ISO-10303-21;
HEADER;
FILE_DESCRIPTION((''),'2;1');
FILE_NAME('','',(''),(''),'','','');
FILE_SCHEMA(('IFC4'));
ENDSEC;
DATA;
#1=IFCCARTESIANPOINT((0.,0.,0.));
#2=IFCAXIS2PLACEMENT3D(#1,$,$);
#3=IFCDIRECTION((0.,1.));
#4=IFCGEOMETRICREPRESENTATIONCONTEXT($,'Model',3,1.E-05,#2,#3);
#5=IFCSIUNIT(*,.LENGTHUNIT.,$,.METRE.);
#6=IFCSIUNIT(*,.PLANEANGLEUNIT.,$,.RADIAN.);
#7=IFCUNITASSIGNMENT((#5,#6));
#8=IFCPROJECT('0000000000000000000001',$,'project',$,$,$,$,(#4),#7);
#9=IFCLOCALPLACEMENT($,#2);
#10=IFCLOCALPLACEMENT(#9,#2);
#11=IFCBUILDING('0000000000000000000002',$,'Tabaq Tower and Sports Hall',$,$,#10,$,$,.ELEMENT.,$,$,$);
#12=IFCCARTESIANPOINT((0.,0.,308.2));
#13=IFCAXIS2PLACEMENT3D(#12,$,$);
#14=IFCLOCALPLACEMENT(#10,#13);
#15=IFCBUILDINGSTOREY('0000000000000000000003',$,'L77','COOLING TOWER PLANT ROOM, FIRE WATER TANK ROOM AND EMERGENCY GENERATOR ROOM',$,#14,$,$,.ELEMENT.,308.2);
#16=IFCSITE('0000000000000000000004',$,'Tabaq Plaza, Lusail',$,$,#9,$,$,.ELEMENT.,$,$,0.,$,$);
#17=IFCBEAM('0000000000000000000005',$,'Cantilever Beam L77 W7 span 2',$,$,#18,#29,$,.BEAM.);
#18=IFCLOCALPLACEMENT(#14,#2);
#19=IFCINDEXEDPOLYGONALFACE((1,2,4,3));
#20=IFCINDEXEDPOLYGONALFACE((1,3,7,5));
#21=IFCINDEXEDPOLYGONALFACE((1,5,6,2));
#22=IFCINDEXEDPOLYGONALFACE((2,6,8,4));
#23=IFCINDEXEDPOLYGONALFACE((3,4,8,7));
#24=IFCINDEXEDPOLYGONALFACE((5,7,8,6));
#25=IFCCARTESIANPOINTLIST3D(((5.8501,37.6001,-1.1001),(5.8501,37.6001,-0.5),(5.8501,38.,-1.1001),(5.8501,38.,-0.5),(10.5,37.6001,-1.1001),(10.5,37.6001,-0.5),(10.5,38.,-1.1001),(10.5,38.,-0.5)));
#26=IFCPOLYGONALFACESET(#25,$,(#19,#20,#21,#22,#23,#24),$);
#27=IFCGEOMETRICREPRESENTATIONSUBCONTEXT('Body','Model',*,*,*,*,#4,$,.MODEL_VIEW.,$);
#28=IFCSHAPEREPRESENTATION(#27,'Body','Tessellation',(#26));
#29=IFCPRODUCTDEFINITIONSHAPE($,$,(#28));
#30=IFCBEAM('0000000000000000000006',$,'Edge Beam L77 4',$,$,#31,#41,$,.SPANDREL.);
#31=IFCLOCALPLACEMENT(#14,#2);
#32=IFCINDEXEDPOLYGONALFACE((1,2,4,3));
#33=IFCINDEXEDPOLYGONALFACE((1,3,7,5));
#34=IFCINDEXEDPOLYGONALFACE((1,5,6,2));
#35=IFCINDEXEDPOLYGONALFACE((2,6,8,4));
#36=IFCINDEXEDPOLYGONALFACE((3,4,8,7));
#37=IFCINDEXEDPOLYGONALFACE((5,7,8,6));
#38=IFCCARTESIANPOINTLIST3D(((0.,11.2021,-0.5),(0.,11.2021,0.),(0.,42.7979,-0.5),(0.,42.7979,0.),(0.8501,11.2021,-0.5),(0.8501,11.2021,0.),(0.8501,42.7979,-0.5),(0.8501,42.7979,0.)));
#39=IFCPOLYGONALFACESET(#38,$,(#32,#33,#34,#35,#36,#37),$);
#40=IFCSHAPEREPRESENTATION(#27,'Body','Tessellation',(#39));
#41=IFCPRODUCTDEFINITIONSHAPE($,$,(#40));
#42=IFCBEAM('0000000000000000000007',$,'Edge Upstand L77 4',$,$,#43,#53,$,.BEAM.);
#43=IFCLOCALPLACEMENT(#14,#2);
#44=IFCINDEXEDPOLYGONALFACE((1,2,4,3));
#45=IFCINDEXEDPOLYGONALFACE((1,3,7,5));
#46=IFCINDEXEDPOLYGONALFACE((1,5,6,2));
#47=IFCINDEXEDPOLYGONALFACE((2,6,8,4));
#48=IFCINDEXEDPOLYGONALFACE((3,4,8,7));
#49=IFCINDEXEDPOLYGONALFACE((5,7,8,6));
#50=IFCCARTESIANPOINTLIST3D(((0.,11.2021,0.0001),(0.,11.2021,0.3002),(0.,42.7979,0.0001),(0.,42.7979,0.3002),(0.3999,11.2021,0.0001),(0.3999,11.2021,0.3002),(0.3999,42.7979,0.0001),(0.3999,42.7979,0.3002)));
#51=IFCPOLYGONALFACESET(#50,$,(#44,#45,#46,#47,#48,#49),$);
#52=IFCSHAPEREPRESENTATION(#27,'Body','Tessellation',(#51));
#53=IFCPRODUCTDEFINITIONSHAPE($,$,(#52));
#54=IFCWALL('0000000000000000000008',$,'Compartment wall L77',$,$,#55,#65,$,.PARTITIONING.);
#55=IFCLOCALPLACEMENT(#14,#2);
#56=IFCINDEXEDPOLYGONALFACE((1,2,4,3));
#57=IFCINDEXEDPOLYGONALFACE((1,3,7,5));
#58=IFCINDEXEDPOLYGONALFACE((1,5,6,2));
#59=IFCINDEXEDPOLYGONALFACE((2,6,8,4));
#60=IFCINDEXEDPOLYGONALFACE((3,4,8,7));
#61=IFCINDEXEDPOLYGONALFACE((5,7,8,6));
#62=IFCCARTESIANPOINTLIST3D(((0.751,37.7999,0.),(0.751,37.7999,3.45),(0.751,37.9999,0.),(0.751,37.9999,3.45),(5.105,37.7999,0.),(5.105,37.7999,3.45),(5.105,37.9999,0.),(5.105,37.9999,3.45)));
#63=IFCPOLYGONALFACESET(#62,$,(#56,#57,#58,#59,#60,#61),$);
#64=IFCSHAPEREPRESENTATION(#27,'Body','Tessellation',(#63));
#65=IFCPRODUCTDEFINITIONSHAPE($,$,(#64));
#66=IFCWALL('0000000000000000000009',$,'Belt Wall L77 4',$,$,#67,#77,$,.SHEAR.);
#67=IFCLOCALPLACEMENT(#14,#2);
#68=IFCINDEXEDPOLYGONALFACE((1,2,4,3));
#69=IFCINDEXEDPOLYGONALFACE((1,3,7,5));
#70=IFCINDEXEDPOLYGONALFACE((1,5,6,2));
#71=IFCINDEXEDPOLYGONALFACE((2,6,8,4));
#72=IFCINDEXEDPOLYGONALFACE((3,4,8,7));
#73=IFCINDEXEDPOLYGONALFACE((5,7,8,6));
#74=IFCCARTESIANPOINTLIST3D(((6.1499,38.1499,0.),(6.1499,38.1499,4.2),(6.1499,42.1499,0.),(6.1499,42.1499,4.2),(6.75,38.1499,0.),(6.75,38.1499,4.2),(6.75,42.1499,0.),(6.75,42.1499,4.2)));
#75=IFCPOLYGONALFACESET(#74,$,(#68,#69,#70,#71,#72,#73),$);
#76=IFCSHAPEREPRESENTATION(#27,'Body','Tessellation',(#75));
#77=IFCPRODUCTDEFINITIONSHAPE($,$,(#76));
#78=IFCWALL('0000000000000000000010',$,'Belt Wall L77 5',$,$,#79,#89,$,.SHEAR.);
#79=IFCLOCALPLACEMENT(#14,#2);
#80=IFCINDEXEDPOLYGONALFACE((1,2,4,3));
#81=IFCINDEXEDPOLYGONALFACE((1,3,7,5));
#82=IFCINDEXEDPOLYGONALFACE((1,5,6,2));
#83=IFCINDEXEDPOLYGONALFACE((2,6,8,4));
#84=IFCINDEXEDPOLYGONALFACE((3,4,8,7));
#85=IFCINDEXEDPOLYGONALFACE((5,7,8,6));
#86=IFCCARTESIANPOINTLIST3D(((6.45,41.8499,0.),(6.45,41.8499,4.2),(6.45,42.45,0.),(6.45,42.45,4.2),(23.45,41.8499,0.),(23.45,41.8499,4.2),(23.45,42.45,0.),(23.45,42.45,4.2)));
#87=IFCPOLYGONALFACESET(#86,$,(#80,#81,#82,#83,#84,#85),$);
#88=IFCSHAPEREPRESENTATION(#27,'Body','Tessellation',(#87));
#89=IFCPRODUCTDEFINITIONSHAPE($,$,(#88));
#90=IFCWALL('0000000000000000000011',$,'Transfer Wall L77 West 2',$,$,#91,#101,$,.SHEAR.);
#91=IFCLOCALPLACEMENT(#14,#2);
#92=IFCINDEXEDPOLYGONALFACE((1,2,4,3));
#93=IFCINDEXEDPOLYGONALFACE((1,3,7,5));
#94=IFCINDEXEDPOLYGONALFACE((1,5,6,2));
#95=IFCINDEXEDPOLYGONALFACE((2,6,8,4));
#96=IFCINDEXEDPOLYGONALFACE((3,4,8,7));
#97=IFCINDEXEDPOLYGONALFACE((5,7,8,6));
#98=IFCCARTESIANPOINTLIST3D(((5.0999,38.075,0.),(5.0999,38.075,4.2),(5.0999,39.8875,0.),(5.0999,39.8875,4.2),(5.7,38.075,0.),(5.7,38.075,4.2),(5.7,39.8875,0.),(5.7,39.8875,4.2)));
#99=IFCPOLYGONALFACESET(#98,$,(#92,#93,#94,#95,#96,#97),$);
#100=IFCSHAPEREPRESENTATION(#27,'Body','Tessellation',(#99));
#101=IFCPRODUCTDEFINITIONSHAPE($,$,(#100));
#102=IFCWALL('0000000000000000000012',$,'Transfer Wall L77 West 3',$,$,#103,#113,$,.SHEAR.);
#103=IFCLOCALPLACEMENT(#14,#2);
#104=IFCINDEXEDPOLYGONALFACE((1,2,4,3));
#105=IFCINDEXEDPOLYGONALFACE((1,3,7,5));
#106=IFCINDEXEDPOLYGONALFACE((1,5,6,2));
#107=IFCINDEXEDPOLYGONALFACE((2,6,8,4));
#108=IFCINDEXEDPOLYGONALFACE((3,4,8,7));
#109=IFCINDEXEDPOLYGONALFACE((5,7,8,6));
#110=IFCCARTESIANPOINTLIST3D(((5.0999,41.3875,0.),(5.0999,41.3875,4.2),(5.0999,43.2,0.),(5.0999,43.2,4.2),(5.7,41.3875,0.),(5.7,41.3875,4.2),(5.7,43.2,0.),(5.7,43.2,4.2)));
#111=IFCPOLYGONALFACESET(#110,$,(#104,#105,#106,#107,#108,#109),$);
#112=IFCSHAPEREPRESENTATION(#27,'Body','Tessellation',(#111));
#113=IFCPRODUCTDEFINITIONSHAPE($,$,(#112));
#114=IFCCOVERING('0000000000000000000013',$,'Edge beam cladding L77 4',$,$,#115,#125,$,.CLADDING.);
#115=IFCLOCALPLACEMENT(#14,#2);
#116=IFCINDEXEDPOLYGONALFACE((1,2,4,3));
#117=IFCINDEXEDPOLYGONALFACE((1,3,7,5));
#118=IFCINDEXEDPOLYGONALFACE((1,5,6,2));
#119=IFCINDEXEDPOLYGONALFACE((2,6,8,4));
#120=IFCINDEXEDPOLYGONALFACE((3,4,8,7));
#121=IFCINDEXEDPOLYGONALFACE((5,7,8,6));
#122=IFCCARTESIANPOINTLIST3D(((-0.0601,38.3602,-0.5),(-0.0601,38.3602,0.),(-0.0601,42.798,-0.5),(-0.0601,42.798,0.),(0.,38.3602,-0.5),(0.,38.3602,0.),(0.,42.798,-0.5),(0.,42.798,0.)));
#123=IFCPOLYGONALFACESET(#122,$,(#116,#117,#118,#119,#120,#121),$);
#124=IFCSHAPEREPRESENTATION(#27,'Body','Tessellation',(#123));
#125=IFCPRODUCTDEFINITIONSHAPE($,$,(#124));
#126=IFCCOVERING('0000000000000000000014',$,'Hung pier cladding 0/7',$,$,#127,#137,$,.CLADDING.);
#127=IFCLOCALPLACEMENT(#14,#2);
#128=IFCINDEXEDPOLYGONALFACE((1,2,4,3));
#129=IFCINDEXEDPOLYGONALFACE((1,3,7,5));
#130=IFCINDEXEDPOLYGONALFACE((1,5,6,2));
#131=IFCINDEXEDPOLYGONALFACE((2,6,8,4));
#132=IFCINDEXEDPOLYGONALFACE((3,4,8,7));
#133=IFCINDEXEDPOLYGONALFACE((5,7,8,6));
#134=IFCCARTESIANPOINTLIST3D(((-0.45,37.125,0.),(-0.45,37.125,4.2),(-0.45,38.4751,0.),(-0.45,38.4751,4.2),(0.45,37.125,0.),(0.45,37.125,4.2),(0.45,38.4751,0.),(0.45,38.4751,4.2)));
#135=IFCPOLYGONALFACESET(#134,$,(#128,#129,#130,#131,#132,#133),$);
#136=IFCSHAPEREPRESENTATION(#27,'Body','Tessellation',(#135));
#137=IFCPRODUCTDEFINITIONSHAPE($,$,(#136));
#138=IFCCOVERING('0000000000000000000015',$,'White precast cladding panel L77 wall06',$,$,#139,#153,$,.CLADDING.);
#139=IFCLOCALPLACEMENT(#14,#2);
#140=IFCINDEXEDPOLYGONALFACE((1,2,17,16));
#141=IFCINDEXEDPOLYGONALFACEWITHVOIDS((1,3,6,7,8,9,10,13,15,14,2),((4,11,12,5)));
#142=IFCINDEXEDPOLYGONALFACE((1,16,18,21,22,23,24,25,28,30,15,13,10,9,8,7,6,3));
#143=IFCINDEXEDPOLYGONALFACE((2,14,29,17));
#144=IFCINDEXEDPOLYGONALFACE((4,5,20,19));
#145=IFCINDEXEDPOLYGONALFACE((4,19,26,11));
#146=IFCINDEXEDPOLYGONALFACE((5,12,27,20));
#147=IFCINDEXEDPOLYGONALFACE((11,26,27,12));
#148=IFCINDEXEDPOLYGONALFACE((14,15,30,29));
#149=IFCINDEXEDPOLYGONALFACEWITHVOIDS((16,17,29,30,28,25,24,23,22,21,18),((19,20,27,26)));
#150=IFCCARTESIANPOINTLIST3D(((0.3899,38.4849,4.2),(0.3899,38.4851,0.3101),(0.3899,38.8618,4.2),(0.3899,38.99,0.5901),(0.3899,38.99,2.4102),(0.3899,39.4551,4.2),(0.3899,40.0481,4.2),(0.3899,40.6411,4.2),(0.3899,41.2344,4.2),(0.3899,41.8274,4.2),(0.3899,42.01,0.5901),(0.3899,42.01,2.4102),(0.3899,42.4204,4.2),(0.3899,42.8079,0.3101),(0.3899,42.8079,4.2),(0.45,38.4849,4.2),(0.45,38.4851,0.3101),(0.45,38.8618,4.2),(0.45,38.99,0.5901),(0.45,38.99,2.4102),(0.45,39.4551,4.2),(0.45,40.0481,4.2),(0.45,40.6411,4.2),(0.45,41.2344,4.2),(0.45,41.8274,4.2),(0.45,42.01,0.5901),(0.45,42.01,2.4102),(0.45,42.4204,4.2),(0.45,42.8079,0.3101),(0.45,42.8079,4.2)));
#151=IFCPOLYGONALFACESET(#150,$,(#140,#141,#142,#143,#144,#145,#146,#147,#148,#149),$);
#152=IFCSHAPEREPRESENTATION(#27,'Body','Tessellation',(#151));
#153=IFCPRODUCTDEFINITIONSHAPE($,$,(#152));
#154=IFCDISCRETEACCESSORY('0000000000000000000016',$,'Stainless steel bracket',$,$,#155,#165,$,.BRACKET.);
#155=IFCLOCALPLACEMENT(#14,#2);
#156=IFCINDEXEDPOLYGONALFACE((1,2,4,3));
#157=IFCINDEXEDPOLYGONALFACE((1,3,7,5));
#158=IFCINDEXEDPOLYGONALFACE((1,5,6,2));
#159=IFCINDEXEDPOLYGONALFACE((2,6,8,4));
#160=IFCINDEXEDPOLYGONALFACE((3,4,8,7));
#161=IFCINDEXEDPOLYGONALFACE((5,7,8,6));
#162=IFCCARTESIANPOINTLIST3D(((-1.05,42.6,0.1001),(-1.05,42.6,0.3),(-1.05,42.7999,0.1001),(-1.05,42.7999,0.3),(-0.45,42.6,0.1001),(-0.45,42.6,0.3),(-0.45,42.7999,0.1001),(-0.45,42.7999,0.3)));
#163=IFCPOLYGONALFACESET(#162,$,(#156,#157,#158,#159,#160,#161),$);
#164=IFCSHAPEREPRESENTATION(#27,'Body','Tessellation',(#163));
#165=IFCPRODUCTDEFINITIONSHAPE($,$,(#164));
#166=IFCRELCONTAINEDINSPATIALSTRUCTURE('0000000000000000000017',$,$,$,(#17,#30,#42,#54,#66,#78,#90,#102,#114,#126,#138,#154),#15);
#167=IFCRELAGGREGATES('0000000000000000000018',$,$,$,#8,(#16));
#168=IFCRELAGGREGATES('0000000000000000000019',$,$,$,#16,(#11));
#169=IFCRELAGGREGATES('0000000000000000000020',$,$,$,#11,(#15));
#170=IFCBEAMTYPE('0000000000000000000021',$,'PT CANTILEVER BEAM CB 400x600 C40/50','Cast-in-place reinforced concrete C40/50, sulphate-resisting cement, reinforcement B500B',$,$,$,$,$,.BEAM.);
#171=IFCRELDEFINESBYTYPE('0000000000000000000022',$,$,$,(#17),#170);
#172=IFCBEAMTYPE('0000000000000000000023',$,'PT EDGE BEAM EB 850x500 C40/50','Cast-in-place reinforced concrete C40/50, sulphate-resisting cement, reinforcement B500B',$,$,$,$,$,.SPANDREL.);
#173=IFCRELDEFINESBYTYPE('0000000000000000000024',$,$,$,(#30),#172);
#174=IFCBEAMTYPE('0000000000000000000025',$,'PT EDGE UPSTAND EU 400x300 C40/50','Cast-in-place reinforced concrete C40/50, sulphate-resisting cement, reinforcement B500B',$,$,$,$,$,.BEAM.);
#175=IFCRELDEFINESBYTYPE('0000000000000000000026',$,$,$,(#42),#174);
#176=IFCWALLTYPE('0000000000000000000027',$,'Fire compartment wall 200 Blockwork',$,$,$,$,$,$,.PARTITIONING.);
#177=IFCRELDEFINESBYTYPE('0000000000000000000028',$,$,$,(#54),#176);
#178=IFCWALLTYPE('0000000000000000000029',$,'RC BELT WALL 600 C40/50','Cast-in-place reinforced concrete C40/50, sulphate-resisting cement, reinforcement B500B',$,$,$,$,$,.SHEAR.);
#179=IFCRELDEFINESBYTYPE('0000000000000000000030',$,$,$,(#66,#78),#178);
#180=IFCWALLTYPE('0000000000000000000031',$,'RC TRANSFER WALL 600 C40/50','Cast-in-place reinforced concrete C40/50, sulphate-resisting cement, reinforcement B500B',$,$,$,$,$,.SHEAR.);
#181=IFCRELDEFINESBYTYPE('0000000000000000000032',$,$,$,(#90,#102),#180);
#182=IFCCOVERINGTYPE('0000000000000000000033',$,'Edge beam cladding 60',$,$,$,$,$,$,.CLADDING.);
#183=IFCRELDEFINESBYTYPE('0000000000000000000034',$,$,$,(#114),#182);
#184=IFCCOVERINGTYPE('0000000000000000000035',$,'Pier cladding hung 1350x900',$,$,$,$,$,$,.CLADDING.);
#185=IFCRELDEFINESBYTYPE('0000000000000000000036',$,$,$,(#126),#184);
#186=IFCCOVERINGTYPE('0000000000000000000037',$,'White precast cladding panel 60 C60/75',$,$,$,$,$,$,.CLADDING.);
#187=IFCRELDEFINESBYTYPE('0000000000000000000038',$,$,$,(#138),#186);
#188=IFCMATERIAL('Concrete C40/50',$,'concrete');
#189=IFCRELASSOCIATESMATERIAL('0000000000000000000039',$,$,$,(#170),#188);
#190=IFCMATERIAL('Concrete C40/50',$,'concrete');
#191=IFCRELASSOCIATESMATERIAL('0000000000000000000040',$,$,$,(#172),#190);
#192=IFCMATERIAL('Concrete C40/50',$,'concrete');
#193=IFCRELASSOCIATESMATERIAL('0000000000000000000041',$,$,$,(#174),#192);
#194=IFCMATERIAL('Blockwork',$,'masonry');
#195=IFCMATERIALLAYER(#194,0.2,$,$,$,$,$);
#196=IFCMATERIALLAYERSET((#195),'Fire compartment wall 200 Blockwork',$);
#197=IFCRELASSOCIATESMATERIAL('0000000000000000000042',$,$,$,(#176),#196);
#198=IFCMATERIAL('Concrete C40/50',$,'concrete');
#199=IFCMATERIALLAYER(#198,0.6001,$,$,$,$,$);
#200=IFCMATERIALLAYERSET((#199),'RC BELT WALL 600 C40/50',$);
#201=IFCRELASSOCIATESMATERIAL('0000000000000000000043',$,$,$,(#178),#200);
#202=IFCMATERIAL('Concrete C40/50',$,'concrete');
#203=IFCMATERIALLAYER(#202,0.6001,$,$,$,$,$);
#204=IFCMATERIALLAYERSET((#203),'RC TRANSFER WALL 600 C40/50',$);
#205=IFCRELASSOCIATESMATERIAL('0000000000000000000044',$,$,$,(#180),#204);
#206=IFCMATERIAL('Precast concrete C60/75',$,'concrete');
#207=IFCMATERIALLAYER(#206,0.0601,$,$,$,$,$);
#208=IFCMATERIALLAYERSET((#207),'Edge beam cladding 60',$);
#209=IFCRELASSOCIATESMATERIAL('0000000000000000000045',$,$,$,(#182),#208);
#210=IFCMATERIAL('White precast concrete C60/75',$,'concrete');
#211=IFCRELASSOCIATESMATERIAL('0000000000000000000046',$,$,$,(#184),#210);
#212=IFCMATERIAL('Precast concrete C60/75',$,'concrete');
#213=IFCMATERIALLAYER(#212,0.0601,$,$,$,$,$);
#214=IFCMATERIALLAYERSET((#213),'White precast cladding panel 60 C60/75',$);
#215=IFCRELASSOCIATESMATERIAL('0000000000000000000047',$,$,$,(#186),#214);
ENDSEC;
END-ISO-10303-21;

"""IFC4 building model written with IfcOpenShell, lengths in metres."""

from ifc_helpers import new_model, si_unit, direction, frame, frame_2d, origin, origin_2d, place, context, subcontext, project, spatial, polyline, rectangle, outline, extrude, material, layer, layer_set, material_profile, profile_set, type_object, element, save


model = new_model("IFC4")

# Units and contexts
model_context = context("Model", 3, precision=1e-05, world=origin(), true_north=direction((0.0, 1.0)))
body_context = subcontext(model_context, "Body", "Model", "MODEL_VIEW")
ifc_project = project(units=[si_unit("LENGTHUNIT", "METRE"), si_unit("PLANEANGLEUNIT", "RADIAN")], contexts=[model_context])

# Site, building, storey
site_placement = place(None, origin())
site = spatial("IfcSite", under=ifc_project, at=site_placement, Name="Tabaq Plaza, Lusail", CompositionType="ELEMENT", RefElevation=0.0)
building_placement = place(site_placement, origin())
building = spatial("IfcBuilding", under=site, at=building_placement, Name="Tabaq Tower and Sports Hall", CompositionType="ELEMENT")
storey_placement = place(building_placement, frame((0.0, 0.0, 308.2)))
storey = spatial("IfcBuildingStorey", under=building, at=storey_placement, Name="L77", Description="COOLING TOWER PLANT ROOM, FIRE WATER TANK ROOM AND EMERGENCY GENERATOR ROOM", CompositionType="ELEMENT", Elevation=308.2)

# Beams
ifc_material_1 = material(Name="Concrete C40/50", Category="concrete")
ifc_material_profile_1 = material_profile(ifc_material_1, rectangle(XDim=0.3999, YDim=0.6001, at=origin_2d()), Name="CB 400x600")
ifc_profile_set_1 = profile_set([ifc_material_profile_1], Name="Concrete C40/50")
beam_type_1 = type_object("IfcBeamType", Name="PT CANTILEVER BEAM CB 400x600 C40/50", Description="Cast-in-place reinforced concrete C40/50, sulphate-resisting cement, reinforcement B500B", PredefinedType="BEAM", material=ifc_profile_set_1)
beam_1_placement = place(storey_placement, frame((5.8501, 37.8, -0.8), z_axis=(1.0, 0.0, 0.0), x_axis=(0.0, 1.0, 0.0)))
element("IfcBeam", 1, at=beam_1_placement, inside=storey, type_object=beam_type_1, Name="Cantilever Beam L77 W7 span 2", PredefinedType="BEAM", context=body_context, shape_type="SweptSolid", body=[
    extrude(rectangle(XDim=0.3999, YDim=0.6001, at=origin_2d()), origin(), (0.0, 0.0, 1.0), 4.6499),
])
ifc_material_2 = material(Name="Concrete C40/50", Category="concrete")
ifc_material_profile_2 = material_profile(ifc_material_2, rectangle(XDim=0.8501, YDim=0.5, at=origin_2d()), Name="EB 850x500")
ifc_profile_set_2 = profile_set([ifc_material_profile_2], Name="Concrete C40/50")
beam_type_2 = type_object("IfcBeamType", Name="PT EDGE BEAM EB 850x500 C40/50", Description="Cast-in-place reinforced concrete C40/50, sulphate-resisting cement, reinforcement B500B", PredefinedType="SPANDREL", material=ifc_profile_set_2)
beam_2_placement = place(storey_placement, frame((0.425, 42.7979, -0.25), z_axis=(0.0, -1.0, 0.0), x_axis=(1.0, 0.0, 0.0)))
element("IfcBeam", 2, at=beam_2_placement, inside=storey, type_object=beam_type_2, Name="Edge Beam L77 4", PredefinedType="SPANDREL", context=body_context, shape_type="SweptSolid", body=[
    extrude(rectangle(XDim=0.8501, YDim=0.5, at=origin_2d()), origin(), (0.0, 0.0, 1.0), 31.5957),
])
ifc_material_3 = material(Name="Concrete C40/50", Category="concrete")
ifc_material_profile_3 = material_profile(ifc_material_3, rectangle(XDim=0.3999, YDim=0.3, at=origin_2d()), Name="EU 400x300")
ifc_profile_set_3 = profile_set([ifc_material_profile_3], Name="Concrete C40/50")
beam_type_3 = type_object("IfcBeamType", Name="PT EDGE UPSTAND EU 400x300 C40/50", Description="Cast-in-place reinforced concrete C40/50, sulphate-resisting cement, reinforcement B500B", PredefinedType="BEAM", material=ifc_profile_set_3)
beam_3_placement = place(storey_placement, frame((0.2, 42.7979, 0.1501), z_axis=(0.0, -1.0, 0.0), x_axis=(1.0, 0.0, 0.0)))
element("IfcBeam", 3, at=beam_3_placement, inside=storey, type_object=beam_type_3, Name="Edge Upstand L77 4", PredefinedType="BEAM", context=body_context, shape_type="SweptSolid", body=[
    extrude(rectangle(XDim=0.3999, YDim=0.3, at=origin_2d()), origin(), (0.0, 0.0, 1.0), 31.5957),
])

# Wall
ifc_material_4 = material(Name="Blockwork", Category="masonry")
ifc_layer_1 = layer(ifc_material_4, 0.2)
ifc_layer_set_1 = layer_set([ifc_layer_1], Name="Fire compartment wall 200 Blockwork")
wall_type_1 = type_object("IfcWallType", Name="Fire compartment wall 200 Blockwork", PredefinedType="PARTITIONING", material=ifc_layer_set_1)
wall_1_placement = place(storey_placement, frame((5.105, 37.8999, 0.0), z_axis=(0.0, 0.0, 1.0), x_axis=(-1.0, 0.0, 0.0)))
element("IfcWall", 4, at=wall_1_placement, inside=storey, type_object=wall_type_1, Name="Compartment wall L77", PredefinedType="PARTITIONING", context=body_context, shape_type="SweptSolid", body=[
    extrude(rectangle(XDim=4.354, YDim=0.2, at=frame_2d((2.177, 0.0))), origin(), (0.0, 0.0, 1.0), 3.45),
])

# Walls
ifc_material_5 = material(Name="Concrete C40/50", Category="concrete")
ifc_layer_2 = layer(ifc_material_5, 0.6001)
ifc_layer_set_2 = layer_set([ifc_layer_2], Name="RC BELT WALL 600 C40/50")
wall_type_2 = type_object("IfcWallType", Name="RC BELT WALL 600 C40/50", Description="Cast-in-place reinforced concrete C40/50, sulphate-resisting cement, reinforcement B500B", PredefinedType="SHEAR", material=ifc_layer_set_2)
wall_2_placement = place(storey_placement, frame((6.45, 38.1499, 0.0), z_axis=(0.0, 0.0, 1.0), x_axis=(0.0, 1.0, 0.0)))
element("IfcWall", 5, at=wall_2_placement, inside=storey, type_object=wall_type_2, Name="Belt Wall L77 4", PredefinedType="SHEAR", context=body_context, shape_type="SweptSolid", body=[
    extrude(rectangle(XDim=4.0, YDim=0.6001, at=frame_2d((2.0, 0.0))), origin(), (0.0, 0.0, 1.0), 4.2),
])
wall_3_placement = place(storey_placement, frame((6.45, 42.1499, 0.0), z_axis=(0.0, 0.0, 1.0), x_axis=(1.0, 0.0, 0.0)))
element("IfcWall", 6, at=wall_3_placement, inside=storey, type_object=wall_type_2, Name="Belt Wall L77 5", PredefinedType="SHEAR", context=body_context, shape_type="SweptSolid", body=[
    extrude(rectangle(XDim=17.0, YDim=0.6001, at=frame_2d((8.5, 0.0))), origin(), (0.0, 0.0, 1.0), 4.2),
])
ifc_material_6 = material(Name="Concrete C40/50", Category="concrete")
ifc_layer_3 = layer(ifc_material_6, 0.6001)
ifc_layer_set_3 = layer_set([ifc_layer_3], Name="RC TRANSFER WALL 600 C40/50")
wall_type_3 = type_object("IfcWallType", Name="RC TRANSFER WALL 600 C40/50", Description="Cast-in-place reinforced concrete C40/50, sulphate-resisting cement, reinforcement B500B", PredefinedType="SHEAR", material=ifc_layer_set_3)
for number, where, z_axis, x_axis, name in (
    (7, (5.3999, 38.075, 0.0), (0.0, 0.0, 1.0), (0.0, 1.0, 0.0), "Transfer Wall L77 West 2"),
    (8, (5.3999, 41.3875, 0.0), (0.0, 0.0, 1.0), (0.0, 1.0, 0.0), "Transfer Wall L77 West 3"),
):
    element("IfcWall", number, at=place(storey_placement, frame(where, z_axis=z_axis, x_axis=x_axis)), inside=storey, type_object=wall_type_3, Name=name, PredefinedType="SHEAR", context=body_context, shape_type="SweptSolid", body=[
        extrude(rectangle(XDim=1.8125, YDim=0.6001, at=frame_2d((0.9062, 0.0))), origin(), (0.0, 0.0, 1.0), 4.2),
    ])

# Coverings
ifc_material_7 = material(Name="Precast concrete C60/75", Category="concrete")
ifc_layer_4 = layer(ifc_material_7, 0.0601)
ifc_layer_set_4 = layer_set([ifc_layer_4], Name="Edge beam cladding 60")
covering_type_1 = type_object("IfcCoveringType", Name="Edge beam cladding 60", PredefinedType="CLADDING", material=ifc_layer_set_4)
covering_1_placement = place(storey_placement, frame((-0.03, 42.7979, -0.5), z_axis=(0.0, 0.0, 1.0), x_axis=(0.0, -1.0, 0.0)))
element("IfcCovering", 9, at=covering_1_placement, inside=storey, type_object=covering_type_1, Name="Edge beam cladding L77 4", PredefinedType="CLADDING", context=body_context, shape_type="SweptSolid", body=[
    extrude(rectangle(XDim=4.4377, YDim=0.0601, at=frame_2d((2.2188, 0.0))), origin(), (0.0, 0.0, 1.0), 0.5),
])
ifc_material_8 = material(Name="White precast concrete C60/75", Category="concrete")
covering_type_2 = type_object("IfcCoveringType", Name="Pier cladding hung 1350x900", PredefinedType="CLADDING", material=ifc_material_8)
covering_2_placement = place(storey_placement, frame((0.0, 38.4751, 0.0), z_axis=(0.0, 0.0, 1.0), x_axis=(0.0, -1.0, 0.0)))
element("IfcCovering", 10, at=covering_2_placement, inside=storey, type_object=covering_type_2, Name="Hung pier cladding 0/7", PredefinedType="CLADDING", context=body_context, shape_type="SweptSolid", body=[
    extrude(rectangle(XDim=1.3501, YDim=0.8999, at=frame_2d((0.675, 0.0))), origin(), (0.0, 0.0, 1.0), 4.2),
])
ifc_material_9 = material(Name="Precast concrete C60/75", Category="concrete")
ifc_layer_5 = layer(ifc_material_9, 0.0601)
ifc_layer_set_5 = layer_set([ifc_layer_5], Name="White precast cladding panel 60 C60/75")
covering_type_3 = type_object("IfcCoveringType", Name="White precast cladding panel 60 C60/75", PredefinedType="CLADDING", material=ifc_layer_set_5)
covering_3_placement = place(storey_placement, frame((0.4199, 42.8079, 0.3101), z_axis=(0.0, 0.0, 1.0), x_axis=(0.0, -1.0, 0.0)))
element("IfcCovering", 11, at=covering_3_placement, inside=storey, type_object=covering_type_3, Name="White precast cladding panel L77 wall06", PredefinedType="CLADDING", context=body_context, shape_type="SweptSolid", body=[
    extrude(outline(polyline([(0.0, 0.0), (4.3228, 0.0), (4.323, 3.8899), (3.946, 3.8899), (3.3528, 3.8899), (2.7598, 3.8899), (2.1667, 3.8899), (1.5735, 3.8899), (0.9805, 3.8899), (0.3875, 3.8899), (0.0, 3.8899), (0.0, 0.0)]), holes=[polyline([(0.7979, 0.28), (0.7979, 2.1001), (3.8179, 2.1001), (3.8179, 0.28), (0.7979, 0.28)])]), frame((0.0, 0.03, 0.0), z_axis=(0.0, -1.0, 0.0), x_axis=(1.0, 0.0, 0.0)), (0.0, 0.0, 1.0), 0.0601),
])

# Discrete accessory
discrete_accessory_placement = place(storey_placement, frame((-0.75, 42.7, 0.1001), z_axis=(0.0, 0.0, 1.0), x_axis=(-1.0, 0.0, 0.0)))
element("IfcDiscreteAccessory", 12, at=discrete_accessory_placement, inside=storey, Name="Stainless steel bracket", PredefinedType="BRACKET", context=body_context, shape_type="SweptSolid", body=[
    extrude(rectangle(XDim=0.6001, YDim=0.2, at=origin_2d()), origin(), (0.0, 0.0, 1.0), 0.2),
])

save(model, "model.ifc")
